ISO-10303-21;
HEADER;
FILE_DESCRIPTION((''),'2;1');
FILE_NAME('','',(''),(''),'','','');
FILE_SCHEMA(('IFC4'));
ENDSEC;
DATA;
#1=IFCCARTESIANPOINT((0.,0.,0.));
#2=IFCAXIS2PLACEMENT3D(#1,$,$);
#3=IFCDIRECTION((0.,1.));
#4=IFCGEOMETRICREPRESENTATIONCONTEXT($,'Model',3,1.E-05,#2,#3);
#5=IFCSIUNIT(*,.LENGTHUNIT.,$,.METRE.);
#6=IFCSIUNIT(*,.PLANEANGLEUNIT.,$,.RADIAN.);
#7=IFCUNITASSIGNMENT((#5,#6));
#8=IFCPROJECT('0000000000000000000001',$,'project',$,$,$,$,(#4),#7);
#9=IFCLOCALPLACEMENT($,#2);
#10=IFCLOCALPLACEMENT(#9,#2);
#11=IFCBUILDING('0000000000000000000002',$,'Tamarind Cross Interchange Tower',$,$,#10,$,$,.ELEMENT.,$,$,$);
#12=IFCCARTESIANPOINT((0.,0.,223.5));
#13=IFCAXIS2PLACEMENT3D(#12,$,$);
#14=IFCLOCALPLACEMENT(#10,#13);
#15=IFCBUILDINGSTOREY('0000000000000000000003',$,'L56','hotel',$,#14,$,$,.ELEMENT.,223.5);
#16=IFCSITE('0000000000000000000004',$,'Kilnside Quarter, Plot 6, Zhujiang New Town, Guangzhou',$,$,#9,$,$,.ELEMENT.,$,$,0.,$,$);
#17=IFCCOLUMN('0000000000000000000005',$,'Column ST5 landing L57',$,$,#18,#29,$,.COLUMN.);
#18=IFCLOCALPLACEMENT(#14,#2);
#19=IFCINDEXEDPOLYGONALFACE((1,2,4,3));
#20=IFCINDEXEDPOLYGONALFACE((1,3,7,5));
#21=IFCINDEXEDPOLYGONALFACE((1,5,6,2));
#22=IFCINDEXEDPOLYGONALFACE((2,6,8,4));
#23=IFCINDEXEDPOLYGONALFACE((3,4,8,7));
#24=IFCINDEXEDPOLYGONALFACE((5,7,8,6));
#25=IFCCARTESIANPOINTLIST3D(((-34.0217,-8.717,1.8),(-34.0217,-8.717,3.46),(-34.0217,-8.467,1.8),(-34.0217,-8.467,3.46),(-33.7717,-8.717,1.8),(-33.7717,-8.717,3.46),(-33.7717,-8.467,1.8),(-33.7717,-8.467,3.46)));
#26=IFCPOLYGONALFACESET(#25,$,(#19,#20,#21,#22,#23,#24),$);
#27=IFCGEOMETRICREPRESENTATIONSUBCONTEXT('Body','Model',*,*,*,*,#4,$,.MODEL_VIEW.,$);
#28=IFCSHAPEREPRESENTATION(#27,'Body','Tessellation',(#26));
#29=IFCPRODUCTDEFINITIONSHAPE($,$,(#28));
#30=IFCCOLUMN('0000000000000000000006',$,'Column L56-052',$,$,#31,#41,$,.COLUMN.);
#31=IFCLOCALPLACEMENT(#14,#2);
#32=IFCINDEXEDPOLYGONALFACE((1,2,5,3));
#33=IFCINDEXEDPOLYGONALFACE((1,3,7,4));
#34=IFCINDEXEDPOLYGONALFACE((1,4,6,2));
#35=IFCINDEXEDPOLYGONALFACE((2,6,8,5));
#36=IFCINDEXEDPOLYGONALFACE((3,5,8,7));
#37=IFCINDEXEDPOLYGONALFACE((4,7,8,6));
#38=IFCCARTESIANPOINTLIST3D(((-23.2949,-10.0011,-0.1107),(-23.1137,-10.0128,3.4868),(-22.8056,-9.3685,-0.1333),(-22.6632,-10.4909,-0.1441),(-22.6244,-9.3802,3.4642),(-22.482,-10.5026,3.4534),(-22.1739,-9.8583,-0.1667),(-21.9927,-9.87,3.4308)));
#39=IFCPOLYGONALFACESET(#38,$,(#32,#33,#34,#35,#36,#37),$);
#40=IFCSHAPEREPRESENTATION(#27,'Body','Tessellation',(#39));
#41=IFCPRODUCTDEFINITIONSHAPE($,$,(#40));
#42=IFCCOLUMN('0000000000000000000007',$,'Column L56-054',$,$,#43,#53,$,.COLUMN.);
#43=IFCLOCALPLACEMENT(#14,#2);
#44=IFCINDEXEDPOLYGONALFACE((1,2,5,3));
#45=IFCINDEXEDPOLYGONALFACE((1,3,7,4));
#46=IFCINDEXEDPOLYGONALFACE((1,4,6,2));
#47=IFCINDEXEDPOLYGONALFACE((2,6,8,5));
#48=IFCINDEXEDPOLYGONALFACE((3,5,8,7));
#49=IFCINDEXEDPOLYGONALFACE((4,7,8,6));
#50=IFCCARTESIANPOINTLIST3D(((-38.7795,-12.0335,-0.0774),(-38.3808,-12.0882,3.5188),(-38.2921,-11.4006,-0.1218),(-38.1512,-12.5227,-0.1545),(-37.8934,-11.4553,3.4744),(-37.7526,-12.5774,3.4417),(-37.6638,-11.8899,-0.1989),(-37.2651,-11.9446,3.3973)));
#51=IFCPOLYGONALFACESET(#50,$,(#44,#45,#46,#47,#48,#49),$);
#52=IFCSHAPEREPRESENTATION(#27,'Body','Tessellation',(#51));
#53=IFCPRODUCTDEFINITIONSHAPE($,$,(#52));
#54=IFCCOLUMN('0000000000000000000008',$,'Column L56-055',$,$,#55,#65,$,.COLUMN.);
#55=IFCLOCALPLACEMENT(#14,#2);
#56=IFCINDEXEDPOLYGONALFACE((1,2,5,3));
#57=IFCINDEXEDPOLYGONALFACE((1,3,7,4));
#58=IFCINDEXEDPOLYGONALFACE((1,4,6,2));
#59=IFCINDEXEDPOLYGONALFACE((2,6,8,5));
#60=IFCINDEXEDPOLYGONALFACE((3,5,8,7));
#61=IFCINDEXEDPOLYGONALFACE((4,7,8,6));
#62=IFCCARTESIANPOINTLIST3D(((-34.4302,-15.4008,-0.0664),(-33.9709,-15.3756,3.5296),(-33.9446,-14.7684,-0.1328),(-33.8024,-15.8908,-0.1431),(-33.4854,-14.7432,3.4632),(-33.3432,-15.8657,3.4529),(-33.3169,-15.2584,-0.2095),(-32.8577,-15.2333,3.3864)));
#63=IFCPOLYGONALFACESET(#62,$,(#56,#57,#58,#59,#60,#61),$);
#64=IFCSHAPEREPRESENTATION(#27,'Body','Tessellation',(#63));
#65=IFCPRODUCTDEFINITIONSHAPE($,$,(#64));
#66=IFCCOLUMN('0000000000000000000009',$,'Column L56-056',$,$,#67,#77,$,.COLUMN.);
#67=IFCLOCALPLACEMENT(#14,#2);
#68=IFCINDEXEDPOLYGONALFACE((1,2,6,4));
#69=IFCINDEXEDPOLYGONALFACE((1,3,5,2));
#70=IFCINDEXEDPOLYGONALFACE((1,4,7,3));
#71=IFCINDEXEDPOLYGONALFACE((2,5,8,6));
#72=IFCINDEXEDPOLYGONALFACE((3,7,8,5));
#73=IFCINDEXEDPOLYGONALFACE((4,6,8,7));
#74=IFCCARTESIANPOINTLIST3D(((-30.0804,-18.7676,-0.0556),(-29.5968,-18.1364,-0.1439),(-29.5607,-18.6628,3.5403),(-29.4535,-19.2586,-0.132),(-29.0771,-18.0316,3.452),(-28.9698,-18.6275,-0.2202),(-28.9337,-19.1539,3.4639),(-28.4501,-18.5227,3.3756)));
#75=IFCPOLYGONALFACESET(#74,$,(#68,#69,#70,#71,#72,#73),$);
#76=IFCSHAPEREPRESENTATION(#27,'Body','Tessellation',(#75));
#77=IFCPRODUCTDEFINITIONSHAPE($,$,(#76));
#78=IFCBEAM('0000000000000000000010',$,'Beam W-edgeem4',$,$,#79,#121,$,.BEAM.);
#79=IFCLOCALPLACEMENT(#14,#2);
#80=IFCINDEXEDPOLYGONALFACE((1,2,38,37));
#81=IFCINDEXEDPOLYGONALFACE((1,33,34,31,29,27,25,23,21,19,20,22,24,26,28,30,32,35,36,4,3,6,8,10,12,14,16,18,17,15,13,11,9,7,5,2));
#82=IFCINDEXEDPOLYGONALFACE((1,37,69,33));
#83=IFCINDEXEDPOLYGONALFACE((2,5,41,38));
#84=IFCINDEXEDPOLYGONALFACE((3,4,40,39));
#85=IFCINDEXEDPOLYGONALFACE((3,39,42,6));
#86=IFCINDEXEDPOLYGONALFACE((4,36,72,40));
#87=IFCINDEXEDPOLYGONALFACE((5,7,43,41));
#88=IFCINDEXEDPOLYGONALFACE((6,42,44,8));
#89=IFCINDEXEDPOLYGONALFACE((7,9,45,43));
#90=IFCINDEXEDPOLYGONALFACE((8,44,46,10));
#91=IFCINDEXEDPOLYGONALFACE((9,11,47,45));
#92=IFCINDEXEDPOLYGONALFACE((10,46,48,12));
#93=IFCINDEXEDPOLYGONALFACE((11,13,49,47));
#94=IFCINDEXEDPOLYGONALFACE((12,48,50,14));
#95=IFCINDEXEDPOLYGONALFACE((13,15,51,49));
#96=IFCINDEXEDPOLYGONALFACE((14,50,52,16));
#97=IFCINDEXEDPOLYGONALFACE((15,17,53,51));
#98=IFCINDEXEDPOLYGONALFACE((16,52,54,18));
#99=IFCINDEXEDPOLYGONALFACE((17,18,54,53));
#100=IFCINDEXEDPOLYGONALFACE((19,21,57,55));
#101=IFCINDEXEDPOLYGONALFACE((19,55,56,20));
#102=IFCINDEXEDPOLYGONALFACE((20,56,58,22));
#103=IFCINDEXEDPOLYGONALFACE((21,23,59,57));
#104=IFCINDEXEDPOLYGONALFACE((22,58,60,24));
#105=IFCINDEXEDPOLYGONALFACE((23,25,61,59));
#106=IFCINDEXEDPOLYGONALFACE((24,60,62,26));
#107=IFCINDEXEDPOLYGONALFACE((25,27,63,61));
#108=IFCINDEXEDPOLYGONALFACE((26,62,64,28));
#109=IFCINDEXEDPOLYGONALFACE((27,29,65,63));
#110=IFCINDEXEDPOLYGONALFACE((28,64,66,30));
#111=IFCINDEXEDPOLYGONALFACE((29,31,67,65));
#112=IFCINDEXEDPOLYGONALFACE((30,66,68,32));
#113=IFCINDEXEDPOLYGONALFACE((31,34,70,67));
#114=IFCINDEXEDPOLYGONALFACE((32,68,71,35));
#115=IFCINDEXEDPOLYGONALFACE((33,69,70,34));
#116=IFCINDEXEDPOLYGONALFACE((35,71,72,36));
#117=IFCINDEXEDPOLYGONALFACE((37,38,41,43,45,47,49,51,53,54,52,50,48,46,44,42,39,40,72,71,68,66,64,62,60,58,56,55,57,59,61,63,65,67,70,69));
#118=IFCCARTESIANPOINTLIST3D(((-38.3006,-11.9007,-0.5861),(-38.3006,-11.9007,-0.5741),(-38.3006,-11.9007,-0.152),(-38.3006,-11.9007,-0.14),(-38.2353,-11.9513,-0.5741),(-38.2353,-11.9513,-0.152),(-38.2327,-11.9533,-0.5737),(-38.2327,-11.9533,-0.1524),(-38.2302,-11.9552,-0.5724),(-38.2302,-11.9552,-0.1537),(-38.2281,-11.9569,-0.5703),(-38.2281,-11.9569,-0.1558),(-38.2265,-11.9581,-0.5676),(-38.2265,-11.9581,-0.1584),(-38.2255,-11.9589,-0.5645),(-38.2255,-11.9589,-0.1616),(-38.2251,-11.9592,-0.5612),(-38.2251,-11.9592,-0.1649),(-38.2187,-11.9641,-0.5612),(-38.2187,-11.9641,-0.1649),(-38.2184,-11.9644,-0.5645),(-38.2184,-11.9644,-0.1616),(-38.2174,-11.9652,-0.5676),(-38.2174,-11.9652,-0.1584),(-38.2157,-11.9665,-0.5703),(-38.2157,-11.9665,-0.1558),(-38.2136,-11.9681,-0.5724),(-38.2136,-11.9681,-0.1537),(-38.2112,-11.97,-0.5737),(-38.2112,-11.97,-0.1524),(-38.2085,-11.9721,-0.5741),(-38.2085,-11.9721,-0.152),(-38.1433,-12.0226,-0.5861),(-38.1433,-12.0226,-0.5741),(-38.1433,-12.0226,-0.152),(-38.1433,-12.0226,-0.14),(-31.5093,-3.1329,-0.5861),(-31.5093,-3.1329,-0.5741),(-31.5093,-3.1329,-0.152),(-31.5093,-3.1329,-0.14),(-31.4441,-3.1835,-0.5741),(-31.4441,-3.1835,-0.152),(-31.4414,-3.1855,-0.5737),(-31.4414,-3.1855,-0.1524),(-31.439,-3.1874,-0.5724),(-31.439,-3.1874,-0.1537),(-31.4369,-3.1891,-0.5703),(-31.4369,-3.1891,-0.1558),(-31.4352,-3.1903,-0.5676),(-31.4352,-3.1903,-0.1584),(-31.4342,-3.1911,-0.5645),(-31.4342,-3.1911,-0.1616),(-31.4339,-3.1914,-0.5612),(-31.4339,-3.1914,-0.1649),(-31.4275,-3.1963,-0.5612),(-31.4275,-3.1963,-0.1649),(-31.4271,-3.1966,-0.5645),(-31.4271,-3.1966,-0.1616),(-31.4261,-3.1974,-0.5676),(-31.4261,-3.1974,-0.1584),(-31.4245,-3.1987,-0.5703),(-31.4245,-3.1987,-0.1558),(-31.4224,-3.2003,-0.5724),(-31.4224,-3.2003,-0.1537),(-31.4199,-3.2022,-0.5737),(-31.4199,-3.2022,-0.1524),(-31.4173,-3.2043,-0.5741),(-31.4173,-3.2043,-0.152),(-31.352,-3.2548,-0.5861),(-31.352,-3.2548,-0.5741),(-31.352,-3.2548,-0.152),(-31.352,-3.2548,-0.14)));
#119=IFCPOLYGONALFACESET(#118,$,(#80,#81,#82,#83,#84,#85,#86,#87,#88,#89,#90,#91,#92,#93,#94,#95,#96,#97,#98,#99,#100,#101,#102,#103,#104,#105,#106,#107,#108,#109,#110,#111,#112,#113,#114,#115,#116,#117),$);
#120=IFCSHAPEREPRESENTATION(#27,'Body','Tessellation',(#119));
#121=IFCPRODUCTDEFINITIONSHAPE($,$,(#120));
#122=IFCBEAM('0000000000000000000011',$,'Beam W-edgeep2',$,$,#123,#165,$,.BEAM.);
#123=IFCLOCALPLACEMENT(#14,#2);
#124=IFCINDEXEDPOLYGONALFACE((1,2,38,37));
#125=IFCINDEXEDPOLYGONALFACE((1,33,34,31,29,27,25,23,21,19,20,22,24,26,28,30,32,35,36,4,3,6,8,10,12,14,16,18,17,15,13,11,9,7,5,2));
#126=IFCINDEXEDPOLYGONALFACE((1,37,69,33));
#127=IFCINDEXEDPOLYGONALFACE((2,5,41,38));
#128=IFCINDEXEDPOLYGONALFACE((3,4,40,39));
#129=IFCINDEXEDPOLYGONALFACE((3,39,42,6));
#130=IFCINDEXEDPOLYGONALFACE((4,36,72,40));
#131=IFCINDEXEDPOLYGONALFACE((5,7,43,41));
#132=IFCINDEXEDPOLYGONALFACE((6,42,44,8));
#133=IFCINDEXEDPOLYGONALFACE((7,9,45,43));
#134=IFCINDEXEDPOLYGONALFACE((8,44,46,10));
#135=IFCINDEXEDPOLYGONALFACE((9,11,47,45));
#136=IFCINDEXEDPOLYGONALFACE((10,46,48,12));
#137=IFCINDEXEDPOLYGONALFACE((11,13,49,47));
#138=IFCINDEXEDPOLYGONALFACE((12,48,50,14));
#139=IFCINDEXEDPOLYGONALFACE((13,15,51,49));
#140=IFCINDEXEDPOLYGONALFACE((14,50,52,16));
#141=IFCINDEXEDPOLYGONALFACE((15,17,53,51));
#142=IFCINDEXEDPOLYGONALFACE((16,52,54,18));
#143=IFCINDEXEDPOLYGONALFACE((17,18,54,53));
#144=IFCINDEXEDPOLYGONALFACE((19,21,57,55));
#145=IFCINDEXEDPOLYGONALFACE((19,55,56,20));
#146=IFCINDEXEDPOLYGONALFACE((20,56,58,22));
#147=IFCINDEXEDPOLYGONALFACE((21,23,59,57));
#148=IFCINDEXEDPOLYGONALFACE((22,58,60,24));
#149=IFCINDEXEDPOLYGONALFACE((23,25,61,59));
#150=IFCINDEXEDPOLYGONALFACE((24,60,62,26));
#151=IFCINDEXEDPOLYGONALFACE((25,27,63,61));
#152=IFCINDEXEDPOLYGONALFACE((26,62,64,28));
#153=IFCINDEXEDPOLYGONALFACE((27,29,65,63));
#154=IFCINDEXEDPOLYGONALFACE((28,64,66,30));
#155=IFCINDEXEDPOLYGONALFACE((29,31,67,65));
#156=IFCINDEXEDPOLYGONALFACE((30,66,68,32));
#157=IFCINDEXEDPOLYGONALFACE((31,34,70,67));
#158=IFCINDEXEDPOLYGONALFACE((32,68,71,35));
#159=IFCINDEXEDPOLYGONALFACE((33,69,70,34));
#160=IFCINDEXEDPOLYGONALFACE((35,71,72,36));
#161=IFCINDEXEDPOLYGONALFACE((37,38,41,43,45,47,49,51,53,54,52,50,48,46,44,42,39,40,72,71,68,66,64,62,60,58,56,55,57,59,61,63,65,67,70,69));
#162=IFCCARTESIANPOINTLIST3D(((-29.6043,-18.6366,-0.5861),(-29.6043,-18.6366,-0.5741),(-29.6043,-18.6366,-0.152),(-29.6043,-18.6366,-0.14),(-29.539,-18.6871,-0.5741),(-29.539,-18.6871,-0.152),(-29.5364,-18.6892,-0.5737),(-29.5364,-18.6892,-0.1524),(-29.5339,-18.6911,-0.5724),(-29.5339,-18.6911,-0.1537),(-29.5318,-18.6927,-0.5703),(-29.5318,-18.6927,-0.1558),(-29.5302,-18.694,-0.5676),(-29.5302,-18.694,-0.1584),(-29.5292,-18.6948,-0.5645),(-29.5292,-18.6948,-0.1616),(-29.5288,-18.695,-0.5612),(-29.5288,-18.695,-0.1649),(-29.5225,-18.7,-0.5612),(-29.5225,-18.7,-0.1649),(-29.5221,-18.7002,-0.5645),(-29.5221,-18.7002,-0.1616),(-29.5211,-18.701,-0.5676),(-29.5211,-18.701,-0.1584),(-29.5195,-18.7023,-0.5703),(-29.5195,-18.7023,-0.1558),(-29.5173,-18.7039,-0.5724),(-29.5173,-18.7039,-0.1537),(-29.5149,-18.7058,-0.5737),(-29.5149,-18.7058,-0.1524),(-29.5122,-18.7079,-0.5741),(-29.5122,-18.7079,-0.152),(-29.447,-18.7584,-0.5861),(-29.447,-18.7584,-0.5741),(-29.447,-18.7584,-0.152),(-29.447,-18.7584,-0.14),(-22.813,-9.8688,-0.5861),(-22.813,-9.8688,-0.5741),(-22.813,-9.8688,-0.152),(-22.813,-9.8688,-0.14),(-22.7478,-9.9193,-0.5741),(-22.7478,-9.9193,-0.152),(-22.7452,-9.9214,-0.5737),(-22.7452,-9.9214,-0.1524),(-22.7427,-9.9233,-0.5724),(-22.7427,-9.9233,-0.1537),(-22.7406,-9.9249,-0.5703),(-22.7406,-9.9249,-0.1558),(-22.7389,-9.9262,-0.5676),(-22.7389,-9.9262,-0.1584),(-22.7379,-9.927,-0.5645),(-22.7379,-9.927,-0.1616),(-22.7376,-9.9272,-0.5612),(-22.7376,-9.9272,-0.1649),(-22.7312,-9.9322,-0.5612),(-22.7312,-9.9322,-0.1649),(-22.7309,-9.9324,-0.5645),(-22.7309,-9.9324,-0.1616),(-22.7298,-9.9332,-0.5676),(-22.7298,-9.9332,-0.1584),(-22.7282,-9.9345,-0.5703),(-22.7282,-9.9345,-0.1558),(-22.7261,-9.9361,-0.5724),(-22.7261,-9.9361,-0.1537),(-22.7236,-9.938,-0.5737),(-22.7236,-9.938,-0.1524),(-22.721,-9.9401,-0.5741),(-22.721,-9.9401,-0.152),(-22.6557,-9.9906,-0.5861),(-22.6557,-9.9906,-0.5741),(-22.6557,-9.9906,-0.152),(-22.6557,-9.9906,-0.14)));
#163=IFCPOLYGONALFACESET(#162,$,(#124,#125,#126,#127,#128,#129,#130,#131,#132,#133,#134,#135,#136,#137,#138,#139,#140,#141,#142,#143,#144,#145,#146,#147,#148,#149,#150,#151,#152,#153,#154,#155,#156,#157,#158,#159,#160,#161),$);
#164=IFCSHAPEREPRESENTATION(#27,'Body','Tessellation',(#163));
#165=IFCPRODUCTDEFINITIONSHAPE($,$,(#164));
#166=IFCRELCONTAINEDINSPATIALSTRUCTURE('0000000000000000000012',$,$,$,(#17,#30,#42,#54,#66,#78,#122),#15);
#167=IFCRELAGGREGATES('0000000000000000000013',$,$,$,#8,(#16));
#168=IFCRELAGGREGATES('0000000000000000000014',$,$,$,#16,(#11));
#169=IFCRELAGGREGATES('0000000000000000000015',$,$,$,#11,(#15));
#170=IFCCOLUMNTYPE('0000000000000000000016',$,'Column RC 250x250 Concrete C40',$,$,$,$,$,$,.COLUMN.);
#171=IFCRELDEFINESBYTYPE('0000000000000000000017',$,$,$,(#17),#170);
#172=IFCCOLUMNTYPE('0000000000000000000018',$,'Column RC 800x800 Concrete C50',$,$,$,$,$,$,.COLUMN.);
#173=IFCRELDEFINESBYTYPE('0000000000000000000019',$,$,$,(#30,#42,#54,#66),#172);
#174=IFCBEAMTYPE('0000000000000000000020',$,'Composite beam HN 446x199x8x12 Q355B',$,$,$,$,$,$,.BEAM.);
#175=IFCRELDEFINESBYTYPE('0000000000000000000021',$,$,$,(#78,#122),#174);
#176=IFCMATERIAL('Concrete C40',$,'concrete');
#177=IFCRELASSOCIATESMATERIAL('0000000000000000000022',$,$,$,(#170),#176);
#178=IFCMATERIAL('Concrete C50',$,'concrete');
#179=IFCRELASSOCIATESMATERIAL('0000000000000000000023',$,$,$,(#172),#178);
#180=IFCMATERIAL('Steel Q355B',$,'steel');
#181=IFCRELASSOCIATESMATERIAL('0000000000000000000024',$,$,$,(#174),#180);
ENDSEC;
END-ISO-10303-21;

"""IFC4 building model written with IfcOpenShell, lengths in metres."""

from ifc_helpers import new_model, si_unit, direction, frame, origin, origin_2d, place, context, subcontext, project, spatial, rectangle, i_section, extrude, material, material_profile, profile_set, type_object, element, save


model = new_model("IFC4")

# Units and contexts
model_context = context("Model", 3, precision=1e-05, world=origin(), true_north=direction((0.0, 1.0)))
body_context = subcontext(model_context, "Body", "Model", "MODEL_VIEW")
ifc_project = project(units=[si_unit("LENGTHUNIT", "METRE"), si_unit("PLANEANGLEUNIT", "RADIAN")], contexts=[model_context])

# Site, building, storey
site_placement = place(None, origin())
site = spatial("IfcSite", under=ifc_project, at=site_placement, Name="Kilnside Quarter, Plot 6, Zhujiang New Town, Guangzhou", CompositionType="ELEMENT", RefElevation=0.0)
building_placement = place(site_placement, origin())
building = spatial("IfcBuilding", under=site, at=building_placement, Name="Tamarind Cross Interchange Tower", CompositionType="ELEMENT")
storey_placement = place(building_placement, frame((0.0, 0.0, 223.5)))
storey = spatial("IfcBuildingStorey", under=building, at=storey_placement, Name="L56", Description="hotel", CompositionType="ELEMENT", Elevation=223.5)

# Columns
ifc_material_1 = material(Name="Concrete C40", Category="concrete")
ifc_material_profile_1 = material_profile(ifc_material_1, rectangle(XDim=0.25, YDim=0.25, at=origin_2d()), Name="RC 250x250")
ifc_profile_set_1 = profile_set([ifc_material_profile_1], Name="Concrete C40")
column_type_1 = type_object("IfcColumnType", Name="Column RC 250x250 Concrete C40", PredefinedType="COLUMN", material=ifc_profile_set_1)
column_1_placement = place(storey_placement, frame((-33.8967, -8.592, 1.8), z_axis=(0.0, 0.0, 1.0), x_axis=(1.0, 0.0, 0.0)))
element("IfcColumn", 1, at=column_1_placement, inside=storey, type_object=column_type_1, Name="Column ST5 landing L57", PredefinedType="COLUMN", context=body_context, shape_type="SweptSolid", body=[
    extrude(rectangle(XDim=0.25, YDim=0.25, at=origin_2d()), origin(), (0.0, 0.0, 1.0), 1.6599),
])
ifc_material_2 = material(Name="Concrete C50", Category="concrete")
ifc_material_profile_2 = material_profile(ifc_material_2, rectangle(XDim=0.8, YDim=0.8, at=origin_2d()), Name="RC 800x800")
ifc_profile_set_2 = profile_set([ifc_material_profile_2], Name="Concrete C50")
column_type_2 = type_object("IfcColumnType", Name="Column RC 800x800 Concrete C50", PredefinedType="COLUMN", material=ifc_profile_set_2)
column_2_placement = place(storey_placement, frame((-22.7344, -9.9297, -0.1387), z_axis=(0.050292, -0.003253, 0.998729), x_axis=(-0.789594, 0.612207, 0.041755)))
element("IfcColumn", 2, at=column_2_placement, inside=storey, type_object=column_type_2, Name="Column L56-052", PredefinedType="COLUMN", context=body_context, shape_type="SweptSolid", body=[
    extrude(rectangle(XDim=0.8, YDim=0.8, at=origin_2d()), origin(), (0.0, 0.0, 1.0), 3.6021),
])
column_3_placement = place(storey_placement, frame((-38.2217, -11.9617, -0.1382), z_axis=(0.110175, -0.015113, 0.993797), x_axis=(-0.785307, 0.611562, 0.096361)))
element("IfcColumn", 3, at=column_3_placement, inside=storey, type_object=column_type_2, Name="Column L56-054", PredefinedType="COLUMN", context=body_context, shape_type="SweptSolid", body=[
    extrude(rectangle(XDim=0.8, YDim=0.8, at=origin_2d()), origin(), (0.0, 0.0, 1.0), 3.6187),
])
column_4_placement = place(storey_placement, frame((-33.8735, -15.3296, -0.1379), z_axis=(0.126675, 0.006937, 0.99192), x_axis=(-0.784621, 0.612511, 0.095918)))
element("IfcColumn", 4, at=column_4_placement, inside=storey, type_object=column_type_2, Name="Column L56-055", PredefinedType="COLUMN", context=body_context, shape_type="SweptSolid", body=[
    extrude(rectangle(XDim=0.8, YDim=0.8, at=origin_2d()), origin(), (0.0, 0.0, 1.0), 3.6252),
])
column_5_placement = place(storey_placement, frame((-29.5251, -18.6975, -0.1379), z_axis=(0.142999, 0.028815, 0.989303), x_axis=(-0.783674, 0.613803, 0.095398)))
element("IfcColumn", 5, at=column_5_placement, inside=storey, type_object=column_type_2, Name="Column L56-056", PredefinedType="COLUMN", context=body_context, shape_type="SweptSolid", body=[
    extrude(rectangle(XDim=0.8, YDim=0.8, at=origin_2d()), origin(), (0.0, 0.0, 1.0), 3.6348),
])

# Beams
ifc_material_3 = material(Name="Steel Q355B", Category="steel")
ifc_material_profile_3 = material_profile(ifc_material_3, i_section(OverallWidth=0.199, OverallDepth=0.446, WebThickness=0.0081, FlangeThickness=0.012, FilletRadius=0.0129, at=origin_2d()), Name="HN 446x199x8x12")
ifc_profile_set_3 = profile_set([ifc_material_profile_3], Name="Steel Q355B")
beam_type_1 = type_object("IfcBeamType", Name="Composite beam HN 446x199x8x12 Q355B", PredefinedType="BEAM", material=ifc_profile_set_3)
for number, where, z_axis, x_axis, name in (
    (6, (-38.2219, -11.9617, -0.363), (0.612357, 0.790581, 0.0), (-0.790581, 0.612357, 0.0), "Beam W-edgeem4"),
    (7, (-29.5256, -18.6975, -0.363), (0.612357, 0.790581, 0.0), (-0.790581, 0.612357, 0.0), "Beam W-edgeep2"),
):
    element("IfcBeam", number, at=place(storey_placement, frame(where, z_axis=z_axis, x_axis=x_axis)), inside=storey, type_object=beam_type_1, Name=name, PredefinedType="BEAM", context=body_context, shape_type="SweptSolid", body=[
        extrude(i_section(OverallWidth=0.199, OverallDepth=0.446, WebThickness=0.0081, FlangeThickness=0.012, FilletRadius=0.0129, at=origin_2d()), origin(), (0.0, 0.0, 1.0), 11.0903),
    ])

save(model, "model.ifc")
